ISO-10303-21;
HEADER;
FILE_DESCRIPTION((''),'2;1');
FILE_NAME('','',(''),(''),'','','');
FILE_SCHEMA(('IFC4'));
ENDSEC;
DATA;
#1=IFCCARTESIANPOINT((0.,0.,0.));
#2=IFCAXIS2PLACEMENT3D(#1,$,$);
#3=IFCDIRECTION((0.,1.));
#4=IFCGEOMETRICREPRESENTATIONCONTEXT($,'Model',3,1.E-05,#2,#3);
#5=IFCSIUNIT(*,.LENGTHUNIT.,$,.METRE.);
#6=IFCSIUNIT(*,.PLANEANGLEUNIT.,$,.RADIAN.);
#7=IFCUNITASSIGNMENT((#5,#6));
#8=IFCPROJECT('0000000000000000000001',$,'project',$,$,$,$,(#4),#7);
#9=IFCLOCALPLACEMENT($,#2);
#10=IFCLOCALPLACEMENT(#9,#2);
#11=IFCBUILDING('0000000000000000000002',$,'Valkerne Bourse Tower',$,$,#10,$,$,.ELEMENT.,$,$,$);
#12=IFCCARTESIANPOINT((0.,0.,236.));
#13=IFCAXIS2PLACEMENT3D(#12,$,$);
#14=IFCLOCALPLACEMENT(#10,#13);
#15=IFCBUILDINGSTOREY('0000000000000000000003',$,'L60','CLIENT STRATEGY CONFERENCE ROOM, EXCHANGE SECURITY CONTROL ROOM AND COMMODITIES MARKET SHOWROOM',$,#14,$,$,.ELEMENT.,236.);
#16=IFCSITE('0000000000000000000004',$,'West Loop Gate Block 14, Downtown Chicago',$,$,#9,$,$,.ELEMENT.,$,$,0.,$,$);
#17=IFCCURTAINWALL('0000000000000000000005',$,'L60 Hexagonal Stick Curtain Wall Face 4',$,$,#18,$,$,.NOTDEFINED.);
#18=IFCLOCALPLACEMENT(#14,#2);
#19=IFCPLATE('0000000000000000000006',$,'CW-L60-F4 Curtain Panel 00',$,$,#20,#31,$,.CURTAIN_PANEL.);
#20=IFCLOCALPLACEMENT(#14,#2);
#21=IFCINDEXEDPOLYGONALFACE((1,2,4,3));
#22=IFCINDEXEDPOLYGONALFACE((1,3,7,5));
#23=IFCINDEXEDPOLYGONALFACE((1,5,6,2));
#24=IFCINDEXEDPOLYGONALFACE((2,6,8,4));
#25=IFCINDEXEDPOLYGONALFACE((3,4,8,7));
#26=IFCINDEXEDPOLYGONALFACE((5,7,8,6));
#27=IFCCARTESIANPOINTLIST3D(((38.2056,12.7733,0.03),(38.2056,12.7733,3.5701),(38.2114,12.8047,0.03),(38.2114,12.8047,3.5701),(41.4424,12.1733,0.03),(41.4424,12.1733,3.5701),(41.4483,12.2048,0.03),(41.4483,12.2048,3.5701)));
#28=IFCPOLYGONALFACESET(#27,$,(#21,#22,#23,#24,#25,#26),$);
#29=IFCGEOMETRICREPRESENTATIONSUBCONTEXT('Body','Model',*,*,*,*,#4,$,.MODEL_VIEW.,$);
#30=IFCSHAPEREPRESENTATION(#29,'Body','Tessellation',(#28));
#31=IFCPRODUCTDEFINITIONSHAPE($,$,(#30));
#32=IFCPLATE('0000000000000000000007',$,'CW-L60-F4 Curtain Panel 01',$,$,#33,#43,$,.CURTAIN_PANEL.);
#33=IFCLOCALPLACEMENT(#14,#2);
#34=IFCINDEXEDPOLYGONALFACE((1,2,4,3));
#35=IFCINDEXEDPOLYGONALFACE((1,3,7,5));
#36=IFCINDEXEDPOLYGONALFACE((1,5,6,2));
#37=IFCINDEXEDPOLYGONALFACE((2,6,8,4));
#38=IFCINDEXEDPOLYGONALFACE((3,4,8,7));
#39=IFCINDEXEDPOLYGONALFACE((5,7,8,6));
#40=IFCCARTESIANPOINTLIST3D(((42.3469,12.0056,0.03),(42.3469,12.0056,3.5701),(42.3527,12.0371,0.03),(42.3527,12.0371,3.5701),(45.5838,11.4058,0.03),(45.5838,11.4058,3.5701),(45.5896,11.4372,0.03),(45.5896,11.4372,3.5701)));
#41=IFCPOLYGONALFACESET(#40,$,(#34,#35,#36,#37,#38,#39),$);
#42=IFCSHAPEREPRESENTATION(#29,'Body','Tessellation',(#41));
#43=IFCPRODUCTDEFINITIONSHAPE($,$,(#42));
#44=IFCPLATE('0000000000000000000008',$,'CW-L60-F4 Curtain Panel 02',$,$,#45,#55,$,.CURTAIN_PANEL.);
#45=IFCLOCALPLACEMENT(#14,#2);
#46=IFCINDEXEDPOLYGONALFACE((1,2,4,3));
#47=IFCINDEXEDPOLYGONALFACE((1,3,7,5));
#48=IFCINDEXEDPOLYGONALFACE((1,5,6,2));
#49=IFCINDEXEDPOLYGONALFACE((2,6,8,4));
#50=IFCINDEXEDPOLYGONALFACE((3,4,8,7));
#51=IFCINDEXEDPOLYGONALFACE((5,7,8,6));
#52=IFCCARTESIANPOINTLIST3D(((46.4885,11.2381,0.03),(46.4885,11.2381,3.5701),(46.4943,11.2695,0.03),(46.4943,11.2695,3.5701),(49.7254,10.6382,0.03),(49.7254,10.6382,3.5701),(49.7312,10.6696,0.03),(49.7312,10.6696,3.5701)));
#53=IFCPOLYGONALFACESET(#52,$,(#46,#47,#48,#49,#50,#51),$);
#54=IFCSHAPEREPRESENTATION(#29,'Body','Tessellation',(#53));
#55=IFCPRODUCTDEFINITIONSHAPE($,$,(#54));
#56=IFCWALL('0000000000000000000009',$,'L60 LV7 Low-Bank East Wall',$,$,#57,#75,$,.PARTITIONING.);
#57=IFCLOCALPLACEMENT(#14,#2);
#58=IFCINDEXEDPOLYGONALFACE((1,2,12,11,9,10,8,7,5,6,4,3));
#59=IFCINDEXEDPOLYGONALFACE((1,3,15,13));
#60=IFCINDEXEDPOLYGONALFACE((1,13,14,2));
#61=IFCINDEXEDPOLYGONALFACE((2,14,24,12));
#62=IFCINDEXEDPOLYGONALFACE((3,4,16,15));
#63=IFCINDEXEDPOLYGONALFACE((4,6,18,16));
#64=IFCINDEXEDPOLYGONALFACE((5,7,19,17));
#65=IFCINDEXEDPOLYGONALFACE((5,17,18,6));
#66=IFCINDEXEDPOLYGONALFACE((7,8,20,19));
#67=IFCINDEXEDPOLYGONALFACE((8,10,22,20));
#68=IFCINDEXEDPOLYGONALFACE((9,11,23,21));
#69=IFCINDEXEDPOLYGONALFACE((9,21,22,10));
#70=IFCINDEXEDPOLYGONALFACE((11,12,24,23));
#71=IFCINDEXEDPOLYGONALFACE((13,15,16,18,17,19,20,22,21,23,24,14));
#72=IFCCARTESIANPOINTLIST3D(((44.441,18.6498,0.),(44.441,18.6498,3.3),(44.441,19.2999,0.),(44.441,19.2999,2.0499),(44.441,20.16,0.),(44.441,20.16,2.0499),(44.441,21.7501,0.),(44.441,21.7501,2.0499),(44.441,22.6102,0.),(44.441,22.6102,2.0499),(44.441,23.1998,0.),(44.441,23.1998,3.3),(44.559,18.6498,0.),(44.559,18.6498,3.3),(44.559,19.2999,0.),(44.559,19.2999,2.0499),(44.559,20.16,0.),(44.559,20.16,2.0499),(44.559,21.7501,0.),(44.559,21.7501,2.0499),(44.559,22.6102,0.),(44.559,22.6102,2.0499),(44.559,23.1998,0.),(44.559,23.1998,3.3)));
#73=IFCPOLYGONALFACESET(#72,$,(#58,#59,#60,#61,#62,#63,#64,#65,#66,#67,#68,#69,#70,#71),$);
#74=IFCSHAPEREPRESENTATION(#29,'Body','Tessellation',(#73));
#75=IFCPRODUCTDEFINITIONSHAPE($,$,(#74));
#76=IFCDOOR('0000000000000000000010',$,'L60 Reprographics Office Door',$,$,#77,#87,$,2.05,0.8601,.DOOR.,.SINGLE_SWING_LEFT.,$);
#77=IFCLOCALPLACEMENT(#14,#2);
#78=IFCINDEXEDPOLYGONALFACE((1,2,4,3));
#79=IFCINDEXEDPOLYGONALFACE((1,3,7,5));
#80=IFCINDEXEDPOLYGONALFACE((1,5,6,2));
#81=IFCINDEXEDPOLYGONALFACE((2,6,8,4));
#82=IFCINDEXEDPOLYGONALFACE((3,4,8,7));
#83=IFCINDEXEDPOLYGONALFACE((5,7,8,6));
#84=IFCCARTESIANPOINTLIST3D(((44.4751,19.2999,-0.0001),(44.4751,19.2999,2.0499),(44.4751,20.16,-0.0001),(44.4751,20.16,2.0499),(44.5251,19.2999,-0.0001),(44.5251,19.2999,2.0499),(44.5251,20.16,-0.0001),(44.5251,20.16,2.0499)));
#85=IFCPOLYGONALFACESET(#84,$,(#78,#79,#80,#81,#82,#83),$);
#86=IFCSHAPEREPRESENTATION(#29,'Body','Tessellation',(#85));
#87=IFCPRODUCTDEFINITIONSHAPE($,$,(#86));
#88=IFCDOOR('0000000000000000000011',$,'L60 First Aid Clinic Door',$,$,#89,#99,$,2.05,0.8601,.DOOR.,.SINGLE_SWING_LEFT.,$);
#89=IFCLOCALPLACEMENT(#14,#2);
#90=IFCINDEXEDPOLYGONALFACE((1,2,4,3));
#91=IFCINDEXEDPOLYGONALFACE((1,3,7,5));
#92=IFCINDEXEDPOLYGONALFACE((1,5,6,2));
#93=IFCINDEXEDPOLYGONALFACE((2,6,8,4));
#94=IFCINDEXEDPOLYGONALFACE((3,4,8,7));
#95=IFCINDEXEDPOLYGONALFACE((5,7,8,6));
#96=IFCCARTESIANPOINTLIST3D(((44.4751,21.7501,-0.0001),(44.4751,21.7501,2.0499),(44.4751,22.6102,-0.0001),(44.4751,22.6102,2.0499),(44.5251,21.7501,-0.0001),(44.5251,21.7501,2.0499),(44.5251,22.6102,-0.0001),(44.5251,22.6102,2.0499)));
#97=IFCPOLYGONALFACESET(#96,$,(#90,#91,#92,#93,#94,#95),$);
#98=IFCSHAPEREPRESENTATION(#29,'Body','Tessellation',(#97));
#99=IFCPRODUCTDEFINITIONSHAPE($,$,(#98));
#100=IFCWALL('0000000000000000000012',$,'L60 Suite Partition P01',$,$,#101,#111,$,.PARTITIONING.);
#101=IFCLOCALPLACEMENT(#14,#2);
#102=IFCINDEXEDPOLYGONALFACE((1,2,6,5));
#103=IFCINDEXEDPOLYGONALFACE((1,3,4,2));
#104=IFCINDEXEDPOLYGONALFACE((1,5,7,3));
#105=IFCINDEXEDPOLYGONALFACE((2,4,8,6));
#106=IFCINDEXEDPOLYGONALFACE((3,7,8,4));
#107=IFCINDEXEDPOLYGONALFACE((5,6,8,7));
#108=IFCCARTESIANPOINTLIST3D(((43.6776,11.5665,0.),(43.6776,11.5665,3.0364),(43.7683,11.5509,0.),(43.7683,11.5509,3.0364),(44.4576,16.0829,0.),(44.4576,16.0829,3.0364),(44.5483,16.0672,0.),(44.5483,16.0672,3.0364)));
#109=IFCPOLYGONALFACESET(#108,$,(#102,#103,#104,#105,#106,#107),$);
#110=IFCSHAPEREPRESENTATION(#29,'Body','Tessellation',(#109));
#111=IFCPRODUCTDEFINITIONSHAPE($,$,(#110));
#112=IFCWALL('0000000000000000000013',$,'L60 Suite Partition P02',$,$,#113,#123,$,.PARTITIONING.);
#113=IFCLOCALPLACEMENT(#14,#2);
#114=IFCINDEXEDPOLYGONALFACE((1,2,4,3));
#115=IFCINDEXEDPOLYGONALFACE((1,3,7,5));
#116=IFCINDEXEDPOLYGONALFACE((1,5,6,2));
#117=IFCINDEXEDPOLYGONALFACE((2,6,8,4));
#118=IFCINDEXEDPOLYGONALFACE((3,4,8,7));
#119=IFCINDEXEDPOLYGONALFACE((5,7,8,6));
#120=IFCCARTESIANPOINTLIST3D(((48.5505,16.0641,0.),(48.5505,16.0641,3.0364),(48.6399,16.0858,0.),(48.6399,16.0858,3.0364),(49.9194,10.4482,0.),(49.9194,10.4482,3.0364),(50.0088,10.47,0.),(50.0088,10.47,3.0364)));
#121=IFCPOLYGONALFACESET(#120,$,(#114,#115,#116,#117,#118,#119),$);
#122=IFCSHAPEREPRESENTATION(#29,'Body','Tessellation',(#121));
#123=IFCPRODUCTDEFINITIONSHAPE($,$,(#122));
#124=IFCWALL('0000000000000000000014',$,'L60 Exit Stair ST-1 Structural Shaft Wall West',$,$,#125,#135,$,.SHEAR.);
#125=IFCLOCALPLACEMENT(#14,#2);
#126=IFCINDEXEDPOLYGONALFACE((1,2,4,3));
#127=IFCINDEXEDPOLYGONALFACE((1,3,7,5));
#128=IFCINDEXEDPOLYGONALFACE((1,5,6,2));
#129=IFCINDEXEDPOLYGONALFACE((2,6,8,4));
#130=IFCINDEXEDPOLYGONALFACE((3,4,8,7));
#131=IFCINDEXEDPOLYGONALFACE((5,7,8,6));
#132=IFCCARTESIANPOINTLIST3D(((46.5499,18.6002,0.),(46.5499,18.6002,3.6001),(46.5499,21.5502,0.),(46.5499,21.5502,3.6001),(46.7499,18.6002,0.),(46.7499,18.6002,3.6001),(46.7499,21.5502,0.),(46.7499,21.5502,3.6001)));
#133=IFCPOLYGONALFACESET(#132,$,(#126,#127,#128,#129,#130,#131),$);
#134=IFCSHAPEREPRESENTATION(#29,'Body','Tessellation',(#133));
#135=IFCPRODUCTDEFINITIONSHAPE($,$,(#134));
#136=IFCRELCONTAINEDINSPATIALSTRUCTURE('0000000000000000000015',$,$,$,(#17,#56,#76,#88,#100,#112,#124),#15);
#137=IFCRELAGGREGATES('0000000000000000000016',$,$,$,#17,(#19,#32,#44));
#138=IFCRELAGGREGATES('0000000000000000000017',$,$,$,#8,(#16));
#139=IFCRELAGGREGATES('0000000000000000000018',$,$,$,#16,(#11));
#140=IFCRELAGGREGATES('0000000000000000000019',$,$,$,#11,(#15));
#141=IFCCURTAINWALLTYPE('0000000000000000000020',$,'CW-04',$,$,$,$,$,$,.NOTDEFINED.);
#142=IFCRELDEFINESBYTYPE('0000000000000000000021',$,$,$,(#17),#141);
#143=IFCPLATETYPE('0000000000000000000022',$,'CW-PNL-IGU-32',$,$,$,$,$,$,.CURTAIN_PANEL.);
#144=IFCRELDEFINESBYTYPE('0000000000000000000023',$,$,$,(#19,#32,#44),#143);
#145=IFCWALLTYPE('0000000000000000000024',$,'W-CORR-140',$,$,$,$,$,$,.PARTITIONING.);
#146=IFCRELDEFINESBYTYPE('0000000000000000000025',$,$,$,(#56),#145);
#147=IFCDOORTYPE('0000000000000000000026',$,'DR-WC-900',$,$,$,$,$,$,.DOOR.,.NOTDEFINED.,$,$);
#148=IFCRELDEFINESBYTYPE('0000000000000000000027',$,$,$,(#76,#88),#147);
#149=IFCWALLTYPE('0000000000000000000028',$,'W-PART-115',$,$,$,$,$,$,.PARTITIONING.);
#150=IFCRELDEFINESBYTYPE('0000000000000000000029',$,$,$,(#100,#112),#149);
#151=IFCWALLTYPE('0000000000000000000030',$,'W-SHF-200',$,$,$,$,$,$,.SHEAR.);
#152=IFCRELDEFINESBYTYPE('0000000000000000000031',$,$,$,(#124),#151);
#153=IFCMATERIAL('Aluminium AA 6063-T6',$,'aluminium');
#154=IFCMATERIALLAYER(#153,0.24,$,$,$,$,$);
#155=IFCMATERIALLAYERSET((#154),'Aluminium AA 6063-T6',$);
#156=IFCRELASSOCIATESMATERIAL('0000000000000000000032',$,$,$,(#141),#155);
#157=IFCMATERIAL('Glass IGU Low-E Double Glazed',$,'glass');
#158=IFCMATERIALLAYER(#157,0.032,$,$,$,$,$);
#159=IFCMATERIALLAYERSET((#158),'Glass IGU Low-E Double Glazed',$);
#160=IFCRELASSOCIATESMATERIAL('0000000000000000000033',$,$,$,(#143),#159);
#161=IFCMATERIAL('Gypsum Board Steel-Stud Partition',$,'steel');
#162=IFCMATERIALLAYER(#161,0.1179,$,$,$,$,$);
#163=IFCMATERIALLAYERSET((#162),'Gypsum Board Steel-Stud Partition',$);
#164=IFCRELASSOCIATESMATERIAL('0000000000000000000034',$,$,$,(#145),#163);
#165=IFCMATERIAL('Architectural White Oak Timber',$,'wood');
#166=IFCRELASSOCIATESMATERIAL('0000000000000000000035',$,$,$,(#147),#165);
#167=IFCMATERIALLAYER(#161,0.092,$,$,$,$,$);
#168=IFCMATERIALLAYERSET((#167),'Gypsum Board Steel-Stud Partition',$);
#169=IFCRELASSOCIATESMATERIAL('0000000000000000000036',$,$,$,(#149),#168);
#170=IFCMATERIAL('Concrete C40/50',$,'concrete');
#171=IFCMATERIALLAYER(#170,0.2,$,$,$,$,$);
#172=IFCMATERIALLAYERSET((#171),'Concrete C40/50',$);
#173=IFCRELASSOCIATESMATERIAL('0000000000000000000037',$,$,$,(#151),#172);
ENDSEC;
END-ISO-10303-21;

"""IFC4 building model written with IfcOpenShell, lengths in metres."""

from ifc_helpers import new_model, si_unit, direction, frame, frame_2d, origin, origin_2d, place, context, subcontext, project, spatial, rectangle, extrude, material, layer, layer_set, type_object, element, fill, aggregate, save


model = new_model("IFC4")

# Units and contexts
model_context = context("Model", 3, precision=1e-05, world=origin(), true_north=direction((0.0, 1.0)))
body_context = subcontext(model_context, "Body", "Model", "MODEL_VIEW")
ifc_project = project(units=[si_unit("LENGTHUNIT", "METRE"), si_unit("PLANEANGLEUNIT", "RADIAN")], contexts=[model_context])

# Site, building, storey
site_placement = place(None, origin())
site = spatial("IfcSite", under=ifc_project, at=site_placement, Name="West Loop Gate Block 14, Downtown Chicago", CompositionType="ELEMENT", RefElevation=0.0)
building_placement = place(site_placement, origin())
building = spatial("IfcBuilding", under=site, at=building_placement, Name="Valkerne Bourse Tower", CompositionType="ELEMENT")
storey_placement = place(building_placement, frame((0.0, 0.0, 236.0)))
storey = spatial("IfcBuildingStorey", under=building, at=storey_placement, Name="L60", Description="CLIENT STRATEGY CONFERENCE ROOM, EXCHANGE SECURITY CONTROL ROOM AND COMMODITIES MARKET SHOWROOM", CompositionType="ELEMENT", Elevation=236.0)

# Curtain wall, plates
ifc_material_1 = material(Name="Aluminium AA 6063-T6", Category="aluminium")
ifc_layer_1 = layer(ifc_material_1, 0.24)
ifc_layer_set_1 = layer_set([ifc_layer_1], Name="Aluminium AA 6063-T6")
curtain_wall_type = type_object("IfcCurtainWallType", Name="CW-04", PredefinedType="NOTDEFINED", material=ifc_layer_set_1)
curtain_wall_placement = place(storey_placement, origin())
curtain_wall = element("IfcCurtainWall", 1, at=curtain_wall_placement, inside=storey, type_object=curtain_wall_type, Name="L60 Hexagonal Stick Curtain Wall Face 4", PredefinedType="NOTDEFINED")
ifc_material_2 = material(Name="Glass IGU Low-E Double Glazed", Category="glass")
ifc_layer_2 = layer(ifc_material_2, 0.032)
ifc_layer_set_2 = layer_set([ifc_layer_2], Name="Glass IGU Low-E Double Glazed")
plate_type = type_object("IfcPlateType", Name="CW-PNL-IGU-32", PredefinedType="CURTAIN_PANEL", material=ifc_layer_set_2)
plate_1_placement = place(storey_placement, frame((39.8269, 12.489, 0.03), z_axis=(0.0, 0.0, 1.0), x_axis=(0.983254, -0.18224, 0.0)))
plate_1 = element("IfcPlate", 2, at=plate_1_placement, type_object=plate_type, Name="CW-L60-F4 Curtain Panel 00", PredefinedType="CURTAIN_PANEL", context=body_context, shape_type="SweptSolid", body=[
    extrude(rectangle(XDim=3.292, YDim=0.032, at=origin_2d()), origin(), (0.0, 0.0, 1.0), 3.54),
])
plate_2_placement = place(storey_placement, frame((43.9683, 11.7214, 0.03), z_axis=(0.0, 0.0, 1.0), x_axis=(0.983258, -0.182217, 0.0)))
plate_2 = element("IfcPlate", 3, at=plate_2_placement, type_object=plate_type, Name="CW-L60-F4 Curtain Panel 01", PredefinedType="CURTAIN_PANEL", context=body_context, shape_type="SweptSolid", body=[
    extrude(rectangle(XDim=3.292, YDim=0.032, at=origin_2d()), origin(), (0.0, 0.0, 1.0), 3.54),
])
plate_3_placement = place(storey_placement, frame((48.1099, 10.9539, 0.03), z_axis=(0.0, 0.0, 1.0), x_axis=(0.983254, -0.18224, 0.0)))
plate_3 = element("IfcPlate", 4, at=plate_3_placement, type_object=plate_type, Name="CW-L60-F4 Curtain Panel 02", PredefinedType="CURTAIN_PANEL", context=body_context, shape_type="SweptSolid", body=[
    extrude(rectangle(XDim=3.292, YDim=0.032, at=origin_2d()), origin(), (0.0, 0.0, 1.0), 3.54),
])
aggregate(curtain_wall, [plate_1, plate_2, plate_3])

# Wall, openings, doors
ifc_material_3 = material(Name="Gypsum Board Steel-Stud Partition", Category="steel")
ifc_layer_3 = layer(ifc_material_3, 0.1179)
ifc_layer_set_3 = layer_set([ifc_layer_3], Name="Gypsum Board Steel-Stud Partition")
wall_type_1 = type_object("IfcWallType", Name="W-CORR-140", PredefinedType="PARTITIONING", material=ifc_layer_set_3)
wall_1_placement = place(storey_placement, frame((44.5, 18.6499, 0.0), z_axis=(0.0, 0.0, 1.0), x_axis=(0.0, 1.0, 0.0)))
wall_1 = element("IfcWall", 5, at=wall_1_placement, inside=storey, type_object=wall_type_1, Name="L60 LV7 Low-Bank East Wall", PredefinedType="PARTITIONING", context=body_context, shape_type="SweptSolid", body=[
    extrude(rectangle(XDim=4.55, YDim=0.1179, at=frame_2d((2.2749, 0.0))), origin(), (0.0, 0.0, 1.0), 3.3),
])
opening_1_placement = place(wall_1_placement, frame((0.6499, 0.0, 0.0)))
opening_1 = element("IfcOpeningElement", 6, at=opening_1_placement, cuts=wall_1, PredefinedType="OPENING", context=body_context, shape_type="SweptSolid", body=[
    extrude(rectangle(XDim=0.8601, YDim=2.05, at=frame_2d((0.4302, 1.0249))), frame((0.0, 0.0688, 0.0), z_axis=(0.0, -1.0, 0.0), x_axis=(1.0, 0.0, 0.0)), (0.0, 0.0, 1.0), 0.1379),
])
opening_2_placement = place(wall_1_placement, frame((3.1001, 0.0, 0.0)))
opening_2 = element("IfcOpeningElement", 7, at=opening_2_placement, cuts=wall_1, PredefinedType="OPENING", context=body_context, shape_type="SweptSolid", body=[
    extrude(rectangle(XDim=0.8601, YDim=2.05, at=frame_2d((0.4302, 1.0249))), frame((0.0, 0.0688, 0.0), z_axis=(0.0, -1.0, 0.0), x_axis=(1.0, 0.0, 0.0)), (0.0, 0.0, 1.0), 0.1379),
])
ifc_material_4 = material(Name="Architectural White Oak Timber", Category="wood")
door_type = type_object("IfcDoorType", Name="DR-WC-900", OperationType="NOTDEFINED", PredefinedType="DOOR", material=ifc_material_4)
door_1_placement = place(opening_1_placement, origin())
door_1 = element("IfcDoor", 8, at=door_1_placement, inside=storey, type_object=door_type, Name="L60 Reprographics Office Door", OperationType="SINGLE_SWING_LEFT", OverallHeight=2.05, OverallWidth=0.8601, PredefinedType="DOOR", context=body_context, shape_type="SweptSolid", body=[
    extrude(rectangle(XDim=0.8601, YDim=2.05, at=frame_2d((0.4302, 1.0249))), frame((0.0, 0.0249, 0.0), z_axis=(0.0, -1.0, 0.0), x_axis=(1.0, 0.0, 0.0)), (0.0, 0.0, 1.0), 0.05),
])
fill(opening_1, door_1)
door_2_placement = place(opening_2_placement, origin())
door_2 = element("IfcDoor", 9, at=door_2_placement, inside=storey, type_object=door_type, Name="L60 First Aid Clinic Door", OperationType="SINGLE_SWING_LEFT", OverallHeight=2.05, OverallWidth=0.8601, PredefinedType="DOOR", context=body_context, shape_type="SweptSolid", body=[
    extrude(rectangle(XDim=0.8601, YDim=2.05, at=frame_2d((0.4302, 1.0249))), frame((0.0, 0.0249, 0.0), z_axis=(0.0, -1.0, 0.0), x_axis=(1.0, 0.0, 0.0)), (0.0, 0.0, 1.0), 0.05),
])
fill(opening_2, door_2)

# Walls
ifc_layer_4 = layer(ifc_material_3, 0.092)
ifc_layer_set_4 = layer_set([ifc_layer_4], Name="Gypsum Board Steel-Stud Partition")
wall_type_2 = type_object("IfcWallType", Name="W-PART-115", PredefinedType="PARTITIONING", material=ifc_layer_set_4)
wall_2_placement = place(storey_placement, frame((44.5029, 16.075, 0.0), z_axis=(0.0, 0.0, 1.0), x_axis=(-0.170192, -0.985411, 0.0)))
element("IfcWall", 10, at=wall_2_placement, inside=storey, type_object=wall_type_2, Name="L60 Suite Partition P01", PredefinedType="PARTITIONING", context=body_context, shape_type="SweptSolid", body=[
    extrude(rectangle(XDim=4.5833, YDim=0.092, at=frame_2d((2.2915, 0.0))), origin(), (0.0, 0.0, 1.0), 3.0364),
])
wall_3_placement = place(storey_placement, frame((48.5952, 16.075, 0.0), z_axis=(0.0, 0.0, 1.0), x_axis=(0.236817, -0.971554, 0.0)))
element("IfcWall", 11, at=wall_3_placement, inside=storey, type_object=wall_type_2, Name="L60 Suite Partition P02", PredefinedType="PARTITIONING", context=body_context, shape_type="SweptSolid", body=[
    extrude(rectangle(XDim=5.7803, YDim=0.092, at=frame_2d((2.8901, 0.0))), origin(), (0.0, 0.0, 1.0), 3.0364),
])
ifc_material_5 = material(Name="Concrete C40/50", Category="concrete")
ifc_layer_5 = layer(ifc_material_5, 0.2)
ifc_layer_set_5 = layer_set([ifc_layer_5], Name="Concrete C40/50")
wall_type_3 = type_object("IfcWallType", Name="W-SHF-200", PredefinedType="SHEAR", material=ifc_layer_set_5)
wall_4_placement = place(storey_placement, frame((46.6499, 18.6001, 0.0), z_axis=(0.0, 0.0, 1.0), x_axis=(0.0, 1.0, 0.0)))
element("IfcWall", 12, at=wall_4_placement, inside=storey, type_object=wall_type_3, Name="L60 Exit Stair ST-1 Structural Shaft Wall West", PredefinedType="SHEAR", context=body_context, shape_type="SweptSolid", body=[
    extrude(rectangle(XDim=2.95, YDim=0.2, at=frame_2d((1.4751, 0.0))), origin(), (0.0, 0.0, 1.0), 3.6001),
])

save(model, "model.ifc")
